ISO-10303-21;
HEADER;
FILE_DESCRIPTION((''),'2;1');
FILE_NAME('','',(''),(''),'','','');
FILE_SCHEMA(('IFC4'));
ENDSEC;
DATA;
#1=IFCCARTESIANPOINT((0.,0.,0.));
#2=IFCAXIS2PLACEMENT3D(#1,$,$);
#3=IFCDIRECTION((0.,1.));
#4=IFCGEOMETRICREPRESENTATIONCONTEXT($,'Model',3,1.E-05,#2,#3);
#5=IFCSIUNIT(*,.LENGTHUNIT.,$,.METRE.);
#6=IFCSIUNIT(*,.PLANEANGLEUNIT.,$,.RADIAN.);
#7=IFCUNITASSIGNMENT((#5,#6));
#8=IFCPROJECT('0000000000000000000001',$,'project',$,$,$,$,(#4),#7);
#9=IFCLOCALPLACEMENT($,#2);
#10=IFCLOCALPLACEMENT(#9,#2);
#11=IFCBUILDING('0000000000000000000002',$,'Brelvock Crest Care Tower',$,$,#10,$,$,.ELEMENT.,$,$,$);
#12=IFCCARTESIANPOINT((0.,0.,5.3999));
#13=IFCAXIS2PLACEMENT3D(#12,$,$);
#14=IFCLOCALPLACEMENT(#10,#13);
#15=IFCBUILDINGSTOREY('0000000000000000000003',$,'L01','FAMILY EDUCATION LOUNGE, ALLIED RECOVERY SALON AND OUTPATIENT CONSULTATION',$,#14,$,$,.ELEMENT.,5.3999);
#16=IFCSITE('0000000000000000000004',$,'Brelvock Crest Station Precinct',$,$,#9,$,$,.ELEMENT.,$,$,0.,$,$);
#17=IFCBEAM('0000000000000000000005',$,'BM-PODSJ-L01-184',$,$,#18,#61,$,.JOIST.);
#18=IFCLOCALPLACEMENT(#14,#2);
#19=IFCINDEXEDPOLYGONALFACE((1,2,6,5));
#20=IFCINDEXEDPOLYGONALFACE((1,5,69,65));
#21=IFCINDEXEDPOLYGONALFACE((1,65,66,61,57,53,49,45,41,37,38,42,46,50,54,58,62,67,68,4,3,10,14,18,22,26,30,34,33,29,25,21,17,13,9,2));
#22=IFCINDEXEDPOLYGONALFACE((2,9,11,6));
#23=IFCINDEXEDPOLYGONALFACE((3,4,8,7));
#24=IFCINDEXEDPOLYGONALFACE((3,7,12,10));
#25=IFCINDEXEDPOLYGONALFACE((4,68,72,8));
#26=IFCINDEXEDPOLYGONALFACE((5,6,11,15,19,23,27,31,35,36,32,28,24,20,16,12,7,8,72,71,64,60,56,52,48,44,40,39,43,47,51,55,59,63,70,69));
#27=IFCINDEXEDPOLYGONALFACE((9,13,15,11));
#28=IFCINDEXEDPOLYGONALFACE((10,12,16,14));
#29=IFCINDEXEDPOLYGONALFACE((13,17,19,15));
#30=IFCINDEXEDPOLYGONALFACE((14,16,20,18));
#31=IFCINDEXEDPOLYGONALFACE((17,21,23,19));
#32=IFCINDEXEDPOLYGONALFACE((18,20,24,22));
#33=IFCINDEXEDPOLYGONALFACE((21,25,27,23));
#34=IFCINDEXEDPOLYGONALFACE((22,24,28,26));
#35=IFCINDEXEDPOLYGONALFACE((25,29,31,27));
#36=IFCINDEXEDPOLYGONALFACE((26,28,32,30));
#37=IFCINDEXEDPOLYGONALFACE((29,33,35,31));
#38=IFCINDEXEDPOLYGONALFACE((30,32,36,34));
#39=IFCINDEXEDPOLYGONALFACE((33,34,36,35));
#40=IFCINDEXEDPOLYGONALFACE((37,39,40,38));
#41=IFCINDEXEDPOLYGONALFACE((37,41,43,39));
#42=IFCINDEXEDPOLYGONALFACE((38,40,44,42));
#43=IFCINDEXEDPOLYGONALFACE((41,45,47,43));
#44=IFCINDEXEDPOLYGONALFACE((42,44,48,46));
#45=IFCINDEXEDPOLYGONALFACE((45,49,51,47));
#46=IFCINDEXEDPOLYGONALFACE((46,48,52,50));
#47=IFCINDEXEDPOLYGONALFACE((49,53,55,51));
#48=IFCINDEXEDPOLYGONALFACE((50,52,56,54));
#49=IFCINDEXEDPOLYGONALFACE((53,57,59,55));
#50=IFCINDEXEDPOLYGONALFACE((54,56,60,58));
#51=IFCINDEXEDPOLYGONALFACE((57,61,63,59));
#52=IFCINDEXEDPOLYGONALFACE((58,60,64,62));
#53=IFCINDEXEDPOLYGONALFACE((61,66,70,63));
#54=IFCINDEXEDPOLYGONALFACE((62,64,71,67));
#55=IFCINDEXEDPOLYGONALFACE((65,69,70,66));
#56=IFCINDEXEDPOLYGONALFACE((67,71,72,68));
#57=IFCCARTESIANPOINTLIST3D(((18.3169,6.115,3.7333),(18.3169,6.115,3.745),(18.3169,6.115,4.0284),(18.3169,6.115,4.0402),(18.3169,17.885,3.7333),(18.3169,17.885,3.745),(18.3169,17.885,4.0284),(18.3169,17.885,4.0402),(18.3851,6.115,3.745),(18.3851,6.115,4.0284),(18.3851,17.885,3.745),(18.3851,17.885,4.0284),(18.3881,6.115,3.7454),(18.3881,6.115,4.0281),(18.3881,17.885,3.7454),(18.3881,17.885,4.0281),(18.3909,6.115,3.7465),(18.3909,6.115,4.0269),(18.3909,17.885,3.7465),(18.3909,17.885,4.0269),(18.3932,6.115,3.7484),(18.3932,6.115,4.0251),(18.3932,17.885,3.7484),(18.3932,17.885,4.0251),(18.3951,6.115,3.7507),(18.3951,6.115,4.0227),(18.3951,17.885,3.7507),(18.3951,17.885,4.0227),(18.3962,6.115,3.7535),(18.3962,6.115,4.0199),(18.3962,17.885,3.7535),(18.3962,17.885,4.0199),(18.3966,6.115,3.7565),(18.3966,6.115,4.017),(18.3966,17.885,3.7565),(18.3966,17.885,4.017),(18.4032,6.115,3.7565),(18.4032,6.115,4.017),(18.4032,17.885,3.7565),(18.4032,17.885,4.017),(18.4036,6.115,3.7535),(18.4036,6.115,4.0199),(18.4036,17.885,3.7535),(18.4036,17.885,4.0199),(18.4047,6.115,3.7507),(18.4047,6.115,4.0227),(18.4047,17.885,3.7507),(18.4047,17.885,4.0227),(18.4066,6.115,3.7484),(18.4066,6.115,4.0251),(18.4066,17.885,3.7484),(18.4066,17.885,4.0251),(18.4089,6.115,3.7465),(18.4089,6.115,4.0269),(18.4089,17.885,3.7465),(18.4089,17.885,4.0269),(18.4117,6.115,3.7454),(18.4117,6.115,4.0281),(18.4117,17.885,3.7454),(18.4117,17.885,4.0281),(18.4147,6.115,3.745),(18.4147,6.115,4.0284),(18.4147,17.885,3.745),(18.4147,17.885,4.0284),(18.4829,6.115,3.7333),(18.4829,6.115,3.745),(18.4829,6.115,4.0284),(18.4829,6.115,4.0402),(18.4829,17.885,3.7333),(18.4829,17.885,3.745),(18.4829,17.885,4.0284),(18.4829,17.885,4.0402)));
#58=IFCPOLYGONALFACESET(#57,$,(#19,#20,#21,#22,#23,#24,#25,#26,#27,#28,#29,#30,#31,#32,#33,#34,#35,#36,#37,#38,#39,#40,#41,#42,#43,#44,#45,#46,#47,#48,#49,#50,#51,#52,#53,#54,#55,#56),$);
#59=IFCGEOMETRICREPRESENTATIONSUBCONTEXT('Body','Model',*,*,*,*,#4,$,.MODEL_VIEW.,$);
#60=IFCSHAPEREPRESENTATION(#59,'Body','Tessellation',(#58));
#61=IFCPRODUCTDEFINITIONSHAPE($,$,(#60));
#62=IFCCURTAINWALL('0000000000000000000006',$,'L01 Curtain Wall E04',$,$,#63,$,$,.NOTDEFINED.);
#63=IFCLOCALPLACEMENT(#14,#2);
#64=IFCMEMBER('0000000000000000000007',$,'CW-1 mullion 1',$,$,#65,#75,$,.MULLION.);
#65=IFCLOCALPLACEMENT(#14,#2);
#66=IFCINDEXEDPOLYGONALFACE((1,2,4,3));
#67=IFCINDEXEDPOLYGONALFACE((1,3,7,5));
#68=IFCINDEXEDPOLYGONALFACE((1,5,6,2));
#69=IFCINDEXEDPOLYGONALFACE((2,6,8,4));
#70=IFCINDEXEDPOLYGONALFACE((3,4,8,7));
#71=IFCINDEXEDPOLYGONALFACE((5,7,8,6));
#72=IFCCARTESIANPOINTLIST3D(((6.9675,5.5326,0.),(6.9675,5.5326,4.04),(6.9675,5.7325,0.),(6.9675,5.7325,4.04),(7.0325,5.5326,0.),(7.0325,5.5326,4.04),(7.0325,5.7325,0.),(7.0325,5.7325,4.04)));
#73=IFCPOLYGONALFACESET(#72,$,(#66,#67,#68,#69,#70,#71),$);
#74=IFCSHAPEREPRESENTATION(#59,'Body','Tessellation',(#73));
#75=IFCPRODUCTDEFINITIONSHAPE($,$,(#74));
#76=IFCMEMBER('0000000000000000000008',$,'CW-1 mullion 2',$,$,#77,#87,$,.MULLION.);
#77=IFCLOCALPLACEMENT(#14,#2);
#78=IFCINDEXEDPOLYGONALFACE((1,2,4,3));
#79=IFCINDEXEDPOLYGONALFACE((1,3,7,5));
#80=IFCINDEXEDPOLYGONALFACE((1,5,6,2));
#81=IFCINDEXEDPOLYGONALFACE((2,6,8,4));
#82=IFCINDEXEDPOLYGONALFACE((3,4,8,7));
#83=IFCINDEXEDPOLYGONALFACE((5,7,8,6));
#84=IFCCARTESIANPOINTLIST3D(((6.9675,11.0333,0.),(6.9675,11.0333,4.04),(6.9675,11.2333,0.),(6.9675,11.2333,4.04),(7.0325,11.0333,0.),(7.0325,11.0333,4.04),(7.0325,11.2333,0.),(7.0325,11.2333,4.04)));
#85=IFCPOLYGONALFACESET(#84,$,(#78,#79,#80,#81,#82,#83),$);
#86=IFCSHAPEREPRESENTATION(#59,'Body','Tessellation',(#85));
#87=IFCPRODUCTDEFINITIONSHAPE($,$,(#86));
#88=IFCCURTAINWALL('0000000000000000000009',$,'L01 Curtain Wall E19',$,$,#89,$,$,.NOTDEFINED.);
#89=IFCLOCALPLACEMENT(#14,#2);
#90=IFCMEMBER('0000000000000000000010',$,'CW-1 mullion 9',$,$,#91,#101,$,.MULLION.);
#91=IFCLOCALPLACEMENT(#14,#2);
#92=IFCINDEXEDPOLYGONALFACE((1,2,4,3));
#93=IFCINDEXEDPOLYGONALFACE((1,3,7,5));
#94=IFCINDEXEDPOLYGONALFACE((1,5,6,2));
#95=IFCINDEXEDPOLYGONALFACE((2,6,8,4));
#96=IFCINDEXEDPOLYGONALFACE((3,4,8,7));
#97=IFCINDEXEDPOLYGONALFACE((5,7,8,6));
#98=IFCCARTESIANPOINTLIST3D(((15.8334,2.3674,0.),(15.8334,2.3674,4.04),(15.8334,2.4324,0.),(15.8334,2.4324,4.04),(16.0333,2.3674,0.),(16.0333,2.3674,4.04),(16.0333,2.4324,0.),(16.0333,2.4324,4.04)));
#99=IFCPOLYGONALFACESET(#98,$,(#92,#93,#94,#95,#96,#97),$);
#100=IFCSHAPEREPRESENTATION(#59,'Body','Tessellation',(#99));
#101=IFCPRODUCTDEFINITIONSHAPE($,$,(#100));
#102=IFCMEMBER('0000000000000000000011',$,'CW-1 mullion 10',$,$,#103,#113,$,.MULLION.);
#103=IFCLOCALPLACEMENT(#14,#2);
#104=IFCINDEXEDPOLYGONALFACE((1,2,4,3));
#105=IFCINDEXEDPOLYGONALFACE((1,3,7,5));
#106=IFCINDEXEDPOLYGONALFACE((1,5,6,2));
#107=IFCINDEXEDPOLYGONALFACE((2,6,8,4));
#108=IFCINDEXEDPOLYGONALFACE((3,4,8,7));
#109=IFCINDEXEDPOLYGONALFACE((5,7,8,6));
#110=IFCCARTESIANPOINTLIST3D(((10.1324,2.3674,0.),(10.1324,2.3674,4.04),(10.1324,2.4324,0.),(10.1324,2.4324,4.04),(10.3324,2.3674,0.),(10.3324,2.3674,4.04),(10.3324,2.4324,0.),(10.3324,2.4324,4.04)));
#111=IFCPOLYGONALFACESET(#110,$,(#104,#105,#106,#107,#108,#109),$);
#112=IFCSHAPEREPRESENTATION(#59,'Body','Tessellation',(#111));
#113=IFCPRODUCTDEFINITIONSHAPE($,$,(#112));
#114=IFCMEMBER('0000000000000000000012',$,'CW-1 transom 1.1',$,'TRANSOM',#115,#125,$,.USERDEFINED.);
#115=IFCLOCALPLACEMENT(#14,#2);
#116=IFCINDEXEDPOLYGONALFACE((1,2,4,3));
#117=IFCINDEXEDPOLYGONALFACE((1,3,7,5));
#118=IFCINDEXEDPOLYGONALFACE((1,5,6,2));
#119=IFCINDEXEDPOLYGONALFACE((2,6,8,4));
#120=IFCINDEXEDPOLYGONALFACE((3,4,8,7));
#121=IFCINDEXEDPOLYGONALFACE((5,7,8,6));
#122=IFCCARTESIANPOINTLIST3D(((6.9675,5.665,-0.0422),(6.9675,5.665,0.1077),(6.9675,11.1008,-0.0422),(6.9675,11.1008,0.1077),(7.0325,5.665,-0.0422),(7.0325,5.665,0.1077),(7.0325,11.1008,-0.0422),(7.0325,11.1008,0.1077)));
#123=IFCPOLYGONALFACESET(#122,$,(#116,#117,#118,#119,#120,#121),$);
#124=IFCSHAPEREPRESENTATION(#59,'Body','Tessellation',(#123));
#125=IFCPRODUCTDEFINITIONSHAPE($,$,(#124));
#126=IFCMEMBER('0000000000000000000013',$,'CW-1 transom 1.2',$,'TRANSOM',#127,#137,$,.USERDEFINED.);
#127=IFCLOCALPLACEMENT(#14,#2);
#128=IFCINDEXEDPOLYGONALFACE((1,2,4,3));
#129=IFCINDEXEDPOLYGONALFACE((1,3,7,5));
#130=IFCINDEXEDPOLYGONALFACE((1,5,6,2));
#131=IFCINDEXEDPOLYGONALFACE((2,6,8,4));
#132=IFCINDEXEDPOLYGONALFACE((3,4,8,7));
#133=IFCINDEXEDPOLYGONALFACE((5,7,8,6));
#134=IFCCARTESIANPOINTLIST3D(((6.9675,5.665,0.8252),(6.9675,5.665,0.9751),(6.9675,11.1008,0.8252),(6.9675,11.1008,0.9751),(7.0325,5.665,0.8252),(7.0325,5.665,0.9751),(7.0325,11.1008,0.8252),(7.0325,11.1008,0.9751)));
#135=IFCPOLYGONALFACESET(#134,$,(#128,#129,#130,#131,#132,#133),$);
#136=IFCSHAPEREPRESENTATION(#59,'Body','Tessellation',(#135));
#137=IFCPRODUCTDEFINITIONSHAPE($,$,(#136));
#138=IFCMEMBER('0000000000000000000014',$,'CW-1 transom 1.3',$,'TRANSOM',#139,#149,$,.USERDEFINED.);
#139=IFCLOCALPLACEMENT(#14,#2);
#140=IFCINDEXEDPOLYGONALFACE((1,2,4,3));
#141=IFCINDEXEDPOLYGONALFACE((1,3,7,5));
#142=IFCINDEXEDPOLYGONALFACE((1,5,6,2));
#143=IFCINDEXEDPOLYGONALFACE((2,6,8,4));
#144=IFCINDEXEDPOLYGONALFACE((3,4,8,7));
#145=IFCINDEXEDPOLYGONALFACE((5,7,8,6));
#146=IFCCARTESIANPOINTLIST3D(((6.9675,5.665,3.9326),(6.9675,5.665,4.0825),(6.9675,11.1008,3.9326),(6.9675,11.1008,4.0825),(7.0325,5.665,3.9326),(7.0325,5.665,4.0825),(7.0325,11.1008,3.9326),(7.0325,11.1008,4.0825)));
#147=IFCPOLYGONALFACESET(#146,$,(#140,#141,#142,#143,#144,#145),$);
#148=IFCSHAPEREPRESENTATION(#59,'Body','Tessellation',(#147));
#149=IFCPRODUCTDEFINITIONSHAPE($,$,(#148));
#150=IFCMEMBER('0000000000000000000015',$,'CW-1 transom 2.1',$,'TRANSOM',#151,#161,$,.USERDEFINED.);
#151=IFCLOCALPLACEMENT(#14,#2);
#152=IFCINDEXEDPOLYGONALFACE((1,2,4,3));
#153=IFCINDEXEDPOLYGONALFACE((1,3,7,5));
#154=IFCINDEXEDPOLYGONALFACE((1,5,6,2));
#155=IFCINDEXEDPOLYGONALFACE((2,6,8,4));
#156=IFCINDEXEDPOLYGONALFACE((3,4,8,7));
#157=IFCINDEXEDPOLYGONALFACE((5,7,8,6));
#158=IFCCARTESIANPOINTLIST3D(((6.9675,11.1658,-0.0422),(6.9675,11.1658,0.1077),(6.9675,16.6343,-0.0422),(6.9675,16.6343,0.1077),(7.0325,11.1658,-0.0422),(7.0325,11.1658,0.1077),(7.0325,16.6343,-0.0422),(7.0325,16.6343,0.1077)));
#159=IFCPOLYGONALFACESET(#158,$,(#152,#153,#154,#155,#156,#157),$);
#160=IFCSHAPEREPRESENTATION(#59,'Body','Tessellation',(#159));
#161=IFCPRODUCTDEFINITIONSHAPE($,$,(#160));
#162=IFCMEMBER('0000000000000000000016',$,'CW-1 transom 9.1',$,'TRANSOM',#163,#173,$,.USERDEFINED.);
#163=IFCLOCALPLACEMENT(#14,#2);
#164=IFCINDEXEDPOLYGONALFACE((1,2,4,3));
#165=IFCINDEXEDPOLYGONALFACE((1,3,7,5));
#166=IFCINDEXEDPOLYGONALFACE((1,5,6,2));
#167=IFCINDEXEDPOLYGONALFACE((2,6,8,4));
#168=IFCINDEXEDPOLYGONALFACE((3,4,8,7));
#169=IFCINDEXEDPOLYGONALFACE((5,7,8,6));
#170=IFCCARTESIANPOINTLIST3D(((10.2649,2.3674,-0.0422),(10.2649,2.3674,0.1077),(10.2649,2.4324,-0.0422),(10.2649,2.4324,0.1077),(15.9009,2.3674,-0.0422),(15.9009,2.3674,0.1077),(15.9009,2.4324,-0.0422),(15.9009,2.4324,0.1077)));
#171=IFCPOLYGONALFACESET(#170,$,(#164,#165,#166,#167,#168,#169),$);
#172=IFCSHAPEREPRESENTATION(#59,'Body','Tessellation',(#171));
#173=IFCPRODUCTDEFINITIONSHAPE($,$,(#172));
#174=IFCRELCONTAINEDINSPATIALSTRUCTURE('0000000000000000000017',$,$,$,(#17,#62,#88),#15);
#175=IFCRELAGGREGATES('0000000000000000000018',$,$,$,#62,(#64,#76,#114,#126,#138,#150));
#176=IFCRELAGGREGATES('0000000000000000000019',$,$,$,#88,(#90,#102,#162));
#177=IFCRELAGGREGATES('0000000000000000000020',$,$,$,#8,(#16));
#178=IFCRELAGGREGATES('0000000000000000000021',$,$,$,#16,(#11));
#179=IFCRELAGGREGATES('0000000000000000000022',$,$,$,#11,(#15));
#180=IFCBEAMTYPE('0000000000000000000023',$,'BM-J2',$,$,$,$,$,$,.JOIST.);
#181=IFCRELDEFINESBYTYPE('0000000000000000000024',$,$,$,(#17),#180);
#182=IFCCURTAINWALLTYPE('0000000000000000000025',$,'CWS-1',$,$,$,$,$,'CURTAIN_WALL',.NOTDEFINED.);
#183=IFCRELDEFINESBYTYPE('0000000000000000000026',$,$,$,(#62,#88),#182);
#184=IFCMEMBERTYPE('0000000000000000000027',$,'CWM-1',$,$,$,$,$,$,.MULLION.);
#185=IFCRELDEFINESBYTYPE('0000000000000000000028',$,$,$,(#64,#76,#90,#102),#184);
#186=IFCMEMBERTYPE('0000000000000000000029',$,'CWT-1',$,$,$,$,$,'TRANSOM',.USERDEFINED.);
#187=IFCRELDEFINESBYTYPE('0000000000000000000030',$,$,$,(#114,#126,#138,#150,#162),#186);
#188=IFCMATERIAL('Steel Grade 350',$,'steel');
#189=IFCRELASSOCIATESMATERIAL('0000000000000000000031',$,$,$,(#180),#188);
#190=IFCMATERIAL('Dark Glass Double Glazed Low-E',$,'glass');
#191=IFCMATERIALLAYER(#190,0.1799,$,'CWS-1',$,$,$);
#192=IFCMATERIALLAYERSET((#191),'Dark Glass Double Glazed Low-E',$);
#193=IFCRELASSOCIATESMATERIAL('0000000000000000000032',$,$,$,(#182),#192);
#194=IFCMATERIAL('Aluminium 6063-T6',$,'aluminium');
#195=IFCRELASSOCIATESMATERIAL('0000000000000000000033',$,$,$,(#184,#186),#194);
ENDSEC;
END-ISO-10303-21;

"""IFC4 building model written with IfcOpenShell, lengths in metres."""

from ifc_helpers import new_model, si_unit, direction, frame, origin, origin_2d, place, context, subcontext, project, spatial, rectangle, i_section, extrude, source, transform, mapped, material, layer, layer_set, material_profile, profile_set, type_object, element, aggregate, save


model = new_model("IFC4")

# Units and contexts
model_context = context("Model", 3, precision=1e-05, world=origin(), true_north=direction((0.0, 1.0)))
body_context = subcontext(model_context, "Body", "Model", "MODEL_VIEW")
ifc_project = project(units=[si_unit("LENGTHUNIT", "METRE"), si_unit("PLANEANGLEUNIT", "RADIAN")], contexts=[model_context])

# Site, building, storey
site_placement = place(None, origin())
site = spatial("IfcSite", under=ifc_project, at=site_placement, Name="Brelvock Crest Station Precinct", CompositionType="ELEMENT", RefElevation=0.0)
building_placement = place(site_placement, origin())
building = spatial("IfcBuilding", under=site, at=building_placement, Name="Brelvock Crest Care Tower", CompositionType="ELEMENT")
storey_placement = place(building_placement, frame((0.0, 0.0, 5.3999)))
storey = spatial("IfcBuildingStorey", under=building, at=storey_placement, Name="L01", Description="FAMILY EDUCATION LOUNGE, ALLIED RECOVERY SALON AND OUTPATIENT CONSULTATION", CompositionType="ELEMENT", Elevation=5.3999)

# Shared definitions
ifc_material_1 = material(Name="Steel Grade 350", Category="steel")

# Beam
ifc_material_profile_1 = material_profile(ifc_material_1, i_section(OverallWidth=0.166, OverallDepth=0.3069, WebThickness=0.0066, FlangeThickness=0.0117, FilletRadius=0.0115, at=origin_2d()), Name="310UB46.2")
ifc_profile_set_1 = profile_set([ifc_material_profile_1], Name="Steel Grade 350")
beam_type_1 = type_object("IfcBeamType", Name="BM-J2", PredefinedType="JOIST", material=ifc_profile_set_1)
shared_shape_1 = source(origin(), body_context, "Body", "SweptSolid", [
    extrude(i_section(OverallWidth=0.166, OverallDepth=0.3069, WebThickness=0.0066, FlangeThickness=0.0117, FilletRadius=0.0115, at=origin_2d()), origin(), (0.0, 0.0, 1.0), 11.77),
])
for number, where, z_axis, x_axis, name in (
    (1, (18.3999, 6.115, 3.8867), (0.0, 1.0, 0.0), (-1.0, 0.0, 0.0), "BM-PODSJ-L01-184"),
):
    element("IfcBeam", number, at=place(storey_placement, frame(where, z_axis=z_axis, x_axis=x_axis)), inside=storey, type_object=beam_type_1, Name=name, PredefinedType="JOIST", context=body_context, shape_type="MappedRepresentation", body=[
        mapped(shared_shape_1, transform((0.0, 0.0, 0.0), x_axis=(1.0, 0.0, 0.0), y_axis=(0.0, 1.0, 0.0), z_axis=(0.0, 0.0, 1.0), scale=1.0)),
    ])

# Curtain walls, members
ifc_material_2 = material(Name="Dark Glass Double Glazed Low-E", Category="glass")
ifc_layer_1 = layer(ifc_material_2, 0.1799, Name="CWS-1")
ifc_layer_set_1 = layer_set([ifc_layer_1], Name="Dark Glass Double Glazed Low-E")
curtain_wall_type = type_object("IfcCurtainWallType", Name="CWS-1", ElementType="CURTAIN_WALL", PredefinedType="NOTDEFINED", material=ifc_layer_set_1)
curtain_wall_1_placement = place(storey_placement, origin())
curtain_wall_1 = element("IfcCurtainWall", 2, at=curtain_wall_1_placement, inside=storey, type_object=curtain_wall_type, Name="L01 Curtain Wall E04", PredefinedType="NOTDEFINED")
ifc_material_3 = material(Name="Aluminium 6063-T6", Category="aluminium")
ifc_material_profile_2 = material_profile(ifc_material_3, rectangle(XDim=0.0649, YDim=0.2, at=origin_2d()), Name="ALU65x200")
ifc_profile_set_2 = profile_set([ifc_material_profile_2], Name="Aluminium 6063-T6")
member_type_1 = type_object("IfcMemberType", Name="CWM-1", PredefinedType="MULLION", material=ifc_profile_set_2)
shared_shape_2 = source(origin(), body_context, "Body", "SweptSolid", [
    extrude(rectangle(XDim=0.0649, YDim=0.2, at=origin_2d()), origin(), (0.0, 0.0, 1.0), 4.04),
])
member_1_placement = place(storey_placement, frame((7.0, 5.6326, 0.0), z_axis=(0.0, 0.0, 1.0), x_axis=(-1.0, 0.0, 0.0)))
member_1 = element("IfcMember", 3, at=member_1_placement, type_object=member_type_1, Name="CW-1 mullion 1", PredefinedType="MULLION", context=body_context, shape_type="MappedRepresentation", body=[
    mapped(shared_shape_2, transform((0.0, 0.0, 0.0), x_axis=(1.0, 0.0, 0.0), y_axis=(0.0, 1.0, 0.0), z_axis=(0.0, 0.0, 1.0), scale=1.0)),
])
member_2_placement = place(storey_placement, frame((7.0, 11.1333, 0.0), z_axis=(0.0, 0.0, 1.0), x_axis=(-1.0, 0.0, 0.0)))
member_2 = element("IfcMember", 4, at=member_2_placement, type_object=member_type_1, Name="CW-1 mullion 2", PredefinedType="MULLION", context=body_context, shape_type="MappedRepresentation", body=[
    mapped(shared_shape_2, transform((0.0, 0.0, 0.0), x_axis=(1.0, 0.0, 0.0), y_axis=(0.0, 1.0, 0.0), z_axis=(0.0, 0.0, 1.0), scale=1.0)),
])
curtain_wall_2_placement = place(storey_placement, origin())
curtain_wall_2 = element("IfcCurtainWall", 5, at=curtain_wall_2_placement, inside=storey, type_object=curtain_wall_type, Name="L01 Curtain Wall E19", PredefinedType="NOTDEFINED")
member_3_placement = place(storey_placement, frame((15.9333, 2.3999, 0.0), z_axis=(0.0, 0.0, 1.0), x_axis=(0.0, -1.0, 0.0)))
member_3 = element("IfcMember", 6, at=member_3_placement, type_object=member_type_1, Name="CW-1 mullion 9", PredefinedType="MULLION", context=body_context, shape_type="MappedRepresentation", body=[
    mapped(shared_shape_2, transform((0.0, 0.0, 0.0), x_axis=(1.0, 0.0, 0.0), y_axis=(0.0, 1.0, 0.0), z_axis=(0.0, 0.0, 1.0), scale=1.0)),
])
member_4_placement = place(storey_placement, frame((10.2324, 2.3999, 0.0), z_axis=(0.0, 0.0, 1.0), x_axis=(0.0, -1.0, 0.0)))
member_4 = element("IfcMember", 7, at=member_4_placement, type_object=member_type_1, Name="CW-1 mullion 10", PredefinedType="MULLION", context=body_context, shape_type="MappedRepresentation", body=[
    mapped(shared_shape_2, transform((0.0, 0.0, 0.0), x_axis=(1.0, 0.0, 0.0), y_axis=(0.0, 1.0, 0.0), z_axis=(0.0, 0.0, 1.0), scale=1.0)),
])

# Members
ifc_material_profile_3 = material_profile(ifc_material_3, rectangle(XDim=0.0649, YDim=0.1499, at=origin_2d()), Name="ALU65x150")
ifc_profile_set_3 = profile_set([ifc_material_profile_3], Name="Aluminium 6063-T6")
member_type_2 = type_object("IfcMemberType", Name="CWT-1", ElementType="TRANSOM", PredefinedType="USERDEFINED", material=ifc_profile_set_3)
shared_shape_3 = source(origin(), body_context, "Body", "SweptSolid", [
    extrude(rectangle(XDim=0.0649, YDim=0.1499, at=origin_2d()), origin(), (0.0, 0.0, 1.0), 5.4358),
])
member_5_placement = place(storey_placement, frame((7.0, 5.665, 0.0327), z_axis=(0.0, 1.0, 0.0), x_axis=(-1.0, 0.0, 0.0)))
member_5 = element("IfcMember", 8, at=member_5_placement, type_object=member_type_2, Name="CW-1 transom 1.1", ObjectType="TRANSOM", PredefinedType="USERDEFINED", context=body_context, shape_type="MappedRepresentation", body=[
    mapped(shared_shape_3, transform((0.0, 0.0, 0.0), x_axis=(1.0, 0.0, 0.0), y_axis=(0.0, 1.0, 0.0), z_axis=(0.0, 0.0, 1.0), scale=1.0)),
])
member_6_placement = place(storey_placement, frame((7.0, 5.665, 0.9001), z_axis=(0.0, 1.0, 0.0), x_axis=(-1.0, 0.0, 0.0)))
member_6 = element("IfcMember", 9, at=member_6_placement, type_object=member_type_2, Name="CW-1 transom 1.2", ObjectType="TRANSOM", PredefinedType="USERDEFINED", context=body_context, shape_type="MappedRepresentation", body=[
    mapped(shared_shape_3, transform((0.0, 0.0, 0.0), x_axis=(1.0, 0.0, 0.0), y_axis=(0.0, 1.0, 0.0), z_axis=(0.0, 0.0, 1.0), scale=1.0)),
])
member_7_placement = place(storey_placement, frame((7.0, 5.665, 4.0076), z_axis=(0.0, 1.0, 0.0), x_axis=(-1.0, 0.0, 0.0)))
member_7 = element("IfcMember", 10, at=member_7_placement, type_object=member_type_2, Name="CW-1 transom 1.3", ObjectType="TRANSOM", PredefinedType="USERDEFINED", context=body_context, shape_type="MappedRepresentation", body=[
    mapped(shared_shape_3, transform((0.0, 0.0, 0.0), x_axis=(1.0, 0.0, 0.0), y_axis=(0.0, 1.0, 0.0), z_axis=(0.0, 0.0, 1.0), scale=1.0)),
])
shared_shape_4 = source(origin(), body_context, "Body", "SweptSolid", [
    extrude(rectangle(XDim=0.0649, YDim=0.1499, at=origin_2d()), origin(), (0.0, 0.0, 1.0), 5.4685),
])
member_8_placement = place(storey_placement, frame((7.0, 11.1658, 0.0327), z_axis=(0.0, 1.0, 0.0), x_axis=(-1.0, 0.0, 0.0)))
member_8 = element("IfcMember", 11, at=member_8_placement, type_object=member_type_2, Name="CW-1 transom 2.1", ObjectType="TRANSOM", PredefinedType="USERDEFINED", context=body_context, shape_type="MappedRepresentation", body=[
    mapped(shared_shape_4, transform((0.0, 0.0, 0.0), x_axis=(1.0, 0.0, 0.0), y_axis=(0.0, 1.0, 0.0), z_axis=(0.0, 0.0, 1.0), scale=1.0)),
])
shared_shape_5 = source(origin(), body_context, "Body", "SweptSolid", [
    extrude(rectangle(XDim=0.0649, YDim=0.1499, at=origin_2d()), origin(), (0.0, 0.0, 1.0), 5.636),
])
member_9_placement = place(storey_placement, frame((15.9009, 2.3999, 0.0327), z_axis=(-1.0, 0.0, 0.0), x_axis=(0.0, -1.0, 0.0)))
member_9 = element("IfcMember", 12, at=member_9_placement, type_object=member_type_2, Name="CW-1 transom 9.1", ObjectType="TRANSOM", PredefinedType="USERDEFINED", context=body_context, shape_type="MappedRepresentation", body=[
    mapped(shared_shape_5, transform((0.0, 0.0, 0.0), x_axis=(1.0, 0.0, 0.0), y_axis=(0.0, 1.0, 0.0), z_axis=(0.0, 0.0, 1.0), scale=1.0)),
])

aggregate(curtain_wall_1, [member_1, member_2, member_5, member_6, member_7, member_8])
aggregate(curtain_wall_2, [member_3, member_4, member_9])

save(model, "model.ifc")
